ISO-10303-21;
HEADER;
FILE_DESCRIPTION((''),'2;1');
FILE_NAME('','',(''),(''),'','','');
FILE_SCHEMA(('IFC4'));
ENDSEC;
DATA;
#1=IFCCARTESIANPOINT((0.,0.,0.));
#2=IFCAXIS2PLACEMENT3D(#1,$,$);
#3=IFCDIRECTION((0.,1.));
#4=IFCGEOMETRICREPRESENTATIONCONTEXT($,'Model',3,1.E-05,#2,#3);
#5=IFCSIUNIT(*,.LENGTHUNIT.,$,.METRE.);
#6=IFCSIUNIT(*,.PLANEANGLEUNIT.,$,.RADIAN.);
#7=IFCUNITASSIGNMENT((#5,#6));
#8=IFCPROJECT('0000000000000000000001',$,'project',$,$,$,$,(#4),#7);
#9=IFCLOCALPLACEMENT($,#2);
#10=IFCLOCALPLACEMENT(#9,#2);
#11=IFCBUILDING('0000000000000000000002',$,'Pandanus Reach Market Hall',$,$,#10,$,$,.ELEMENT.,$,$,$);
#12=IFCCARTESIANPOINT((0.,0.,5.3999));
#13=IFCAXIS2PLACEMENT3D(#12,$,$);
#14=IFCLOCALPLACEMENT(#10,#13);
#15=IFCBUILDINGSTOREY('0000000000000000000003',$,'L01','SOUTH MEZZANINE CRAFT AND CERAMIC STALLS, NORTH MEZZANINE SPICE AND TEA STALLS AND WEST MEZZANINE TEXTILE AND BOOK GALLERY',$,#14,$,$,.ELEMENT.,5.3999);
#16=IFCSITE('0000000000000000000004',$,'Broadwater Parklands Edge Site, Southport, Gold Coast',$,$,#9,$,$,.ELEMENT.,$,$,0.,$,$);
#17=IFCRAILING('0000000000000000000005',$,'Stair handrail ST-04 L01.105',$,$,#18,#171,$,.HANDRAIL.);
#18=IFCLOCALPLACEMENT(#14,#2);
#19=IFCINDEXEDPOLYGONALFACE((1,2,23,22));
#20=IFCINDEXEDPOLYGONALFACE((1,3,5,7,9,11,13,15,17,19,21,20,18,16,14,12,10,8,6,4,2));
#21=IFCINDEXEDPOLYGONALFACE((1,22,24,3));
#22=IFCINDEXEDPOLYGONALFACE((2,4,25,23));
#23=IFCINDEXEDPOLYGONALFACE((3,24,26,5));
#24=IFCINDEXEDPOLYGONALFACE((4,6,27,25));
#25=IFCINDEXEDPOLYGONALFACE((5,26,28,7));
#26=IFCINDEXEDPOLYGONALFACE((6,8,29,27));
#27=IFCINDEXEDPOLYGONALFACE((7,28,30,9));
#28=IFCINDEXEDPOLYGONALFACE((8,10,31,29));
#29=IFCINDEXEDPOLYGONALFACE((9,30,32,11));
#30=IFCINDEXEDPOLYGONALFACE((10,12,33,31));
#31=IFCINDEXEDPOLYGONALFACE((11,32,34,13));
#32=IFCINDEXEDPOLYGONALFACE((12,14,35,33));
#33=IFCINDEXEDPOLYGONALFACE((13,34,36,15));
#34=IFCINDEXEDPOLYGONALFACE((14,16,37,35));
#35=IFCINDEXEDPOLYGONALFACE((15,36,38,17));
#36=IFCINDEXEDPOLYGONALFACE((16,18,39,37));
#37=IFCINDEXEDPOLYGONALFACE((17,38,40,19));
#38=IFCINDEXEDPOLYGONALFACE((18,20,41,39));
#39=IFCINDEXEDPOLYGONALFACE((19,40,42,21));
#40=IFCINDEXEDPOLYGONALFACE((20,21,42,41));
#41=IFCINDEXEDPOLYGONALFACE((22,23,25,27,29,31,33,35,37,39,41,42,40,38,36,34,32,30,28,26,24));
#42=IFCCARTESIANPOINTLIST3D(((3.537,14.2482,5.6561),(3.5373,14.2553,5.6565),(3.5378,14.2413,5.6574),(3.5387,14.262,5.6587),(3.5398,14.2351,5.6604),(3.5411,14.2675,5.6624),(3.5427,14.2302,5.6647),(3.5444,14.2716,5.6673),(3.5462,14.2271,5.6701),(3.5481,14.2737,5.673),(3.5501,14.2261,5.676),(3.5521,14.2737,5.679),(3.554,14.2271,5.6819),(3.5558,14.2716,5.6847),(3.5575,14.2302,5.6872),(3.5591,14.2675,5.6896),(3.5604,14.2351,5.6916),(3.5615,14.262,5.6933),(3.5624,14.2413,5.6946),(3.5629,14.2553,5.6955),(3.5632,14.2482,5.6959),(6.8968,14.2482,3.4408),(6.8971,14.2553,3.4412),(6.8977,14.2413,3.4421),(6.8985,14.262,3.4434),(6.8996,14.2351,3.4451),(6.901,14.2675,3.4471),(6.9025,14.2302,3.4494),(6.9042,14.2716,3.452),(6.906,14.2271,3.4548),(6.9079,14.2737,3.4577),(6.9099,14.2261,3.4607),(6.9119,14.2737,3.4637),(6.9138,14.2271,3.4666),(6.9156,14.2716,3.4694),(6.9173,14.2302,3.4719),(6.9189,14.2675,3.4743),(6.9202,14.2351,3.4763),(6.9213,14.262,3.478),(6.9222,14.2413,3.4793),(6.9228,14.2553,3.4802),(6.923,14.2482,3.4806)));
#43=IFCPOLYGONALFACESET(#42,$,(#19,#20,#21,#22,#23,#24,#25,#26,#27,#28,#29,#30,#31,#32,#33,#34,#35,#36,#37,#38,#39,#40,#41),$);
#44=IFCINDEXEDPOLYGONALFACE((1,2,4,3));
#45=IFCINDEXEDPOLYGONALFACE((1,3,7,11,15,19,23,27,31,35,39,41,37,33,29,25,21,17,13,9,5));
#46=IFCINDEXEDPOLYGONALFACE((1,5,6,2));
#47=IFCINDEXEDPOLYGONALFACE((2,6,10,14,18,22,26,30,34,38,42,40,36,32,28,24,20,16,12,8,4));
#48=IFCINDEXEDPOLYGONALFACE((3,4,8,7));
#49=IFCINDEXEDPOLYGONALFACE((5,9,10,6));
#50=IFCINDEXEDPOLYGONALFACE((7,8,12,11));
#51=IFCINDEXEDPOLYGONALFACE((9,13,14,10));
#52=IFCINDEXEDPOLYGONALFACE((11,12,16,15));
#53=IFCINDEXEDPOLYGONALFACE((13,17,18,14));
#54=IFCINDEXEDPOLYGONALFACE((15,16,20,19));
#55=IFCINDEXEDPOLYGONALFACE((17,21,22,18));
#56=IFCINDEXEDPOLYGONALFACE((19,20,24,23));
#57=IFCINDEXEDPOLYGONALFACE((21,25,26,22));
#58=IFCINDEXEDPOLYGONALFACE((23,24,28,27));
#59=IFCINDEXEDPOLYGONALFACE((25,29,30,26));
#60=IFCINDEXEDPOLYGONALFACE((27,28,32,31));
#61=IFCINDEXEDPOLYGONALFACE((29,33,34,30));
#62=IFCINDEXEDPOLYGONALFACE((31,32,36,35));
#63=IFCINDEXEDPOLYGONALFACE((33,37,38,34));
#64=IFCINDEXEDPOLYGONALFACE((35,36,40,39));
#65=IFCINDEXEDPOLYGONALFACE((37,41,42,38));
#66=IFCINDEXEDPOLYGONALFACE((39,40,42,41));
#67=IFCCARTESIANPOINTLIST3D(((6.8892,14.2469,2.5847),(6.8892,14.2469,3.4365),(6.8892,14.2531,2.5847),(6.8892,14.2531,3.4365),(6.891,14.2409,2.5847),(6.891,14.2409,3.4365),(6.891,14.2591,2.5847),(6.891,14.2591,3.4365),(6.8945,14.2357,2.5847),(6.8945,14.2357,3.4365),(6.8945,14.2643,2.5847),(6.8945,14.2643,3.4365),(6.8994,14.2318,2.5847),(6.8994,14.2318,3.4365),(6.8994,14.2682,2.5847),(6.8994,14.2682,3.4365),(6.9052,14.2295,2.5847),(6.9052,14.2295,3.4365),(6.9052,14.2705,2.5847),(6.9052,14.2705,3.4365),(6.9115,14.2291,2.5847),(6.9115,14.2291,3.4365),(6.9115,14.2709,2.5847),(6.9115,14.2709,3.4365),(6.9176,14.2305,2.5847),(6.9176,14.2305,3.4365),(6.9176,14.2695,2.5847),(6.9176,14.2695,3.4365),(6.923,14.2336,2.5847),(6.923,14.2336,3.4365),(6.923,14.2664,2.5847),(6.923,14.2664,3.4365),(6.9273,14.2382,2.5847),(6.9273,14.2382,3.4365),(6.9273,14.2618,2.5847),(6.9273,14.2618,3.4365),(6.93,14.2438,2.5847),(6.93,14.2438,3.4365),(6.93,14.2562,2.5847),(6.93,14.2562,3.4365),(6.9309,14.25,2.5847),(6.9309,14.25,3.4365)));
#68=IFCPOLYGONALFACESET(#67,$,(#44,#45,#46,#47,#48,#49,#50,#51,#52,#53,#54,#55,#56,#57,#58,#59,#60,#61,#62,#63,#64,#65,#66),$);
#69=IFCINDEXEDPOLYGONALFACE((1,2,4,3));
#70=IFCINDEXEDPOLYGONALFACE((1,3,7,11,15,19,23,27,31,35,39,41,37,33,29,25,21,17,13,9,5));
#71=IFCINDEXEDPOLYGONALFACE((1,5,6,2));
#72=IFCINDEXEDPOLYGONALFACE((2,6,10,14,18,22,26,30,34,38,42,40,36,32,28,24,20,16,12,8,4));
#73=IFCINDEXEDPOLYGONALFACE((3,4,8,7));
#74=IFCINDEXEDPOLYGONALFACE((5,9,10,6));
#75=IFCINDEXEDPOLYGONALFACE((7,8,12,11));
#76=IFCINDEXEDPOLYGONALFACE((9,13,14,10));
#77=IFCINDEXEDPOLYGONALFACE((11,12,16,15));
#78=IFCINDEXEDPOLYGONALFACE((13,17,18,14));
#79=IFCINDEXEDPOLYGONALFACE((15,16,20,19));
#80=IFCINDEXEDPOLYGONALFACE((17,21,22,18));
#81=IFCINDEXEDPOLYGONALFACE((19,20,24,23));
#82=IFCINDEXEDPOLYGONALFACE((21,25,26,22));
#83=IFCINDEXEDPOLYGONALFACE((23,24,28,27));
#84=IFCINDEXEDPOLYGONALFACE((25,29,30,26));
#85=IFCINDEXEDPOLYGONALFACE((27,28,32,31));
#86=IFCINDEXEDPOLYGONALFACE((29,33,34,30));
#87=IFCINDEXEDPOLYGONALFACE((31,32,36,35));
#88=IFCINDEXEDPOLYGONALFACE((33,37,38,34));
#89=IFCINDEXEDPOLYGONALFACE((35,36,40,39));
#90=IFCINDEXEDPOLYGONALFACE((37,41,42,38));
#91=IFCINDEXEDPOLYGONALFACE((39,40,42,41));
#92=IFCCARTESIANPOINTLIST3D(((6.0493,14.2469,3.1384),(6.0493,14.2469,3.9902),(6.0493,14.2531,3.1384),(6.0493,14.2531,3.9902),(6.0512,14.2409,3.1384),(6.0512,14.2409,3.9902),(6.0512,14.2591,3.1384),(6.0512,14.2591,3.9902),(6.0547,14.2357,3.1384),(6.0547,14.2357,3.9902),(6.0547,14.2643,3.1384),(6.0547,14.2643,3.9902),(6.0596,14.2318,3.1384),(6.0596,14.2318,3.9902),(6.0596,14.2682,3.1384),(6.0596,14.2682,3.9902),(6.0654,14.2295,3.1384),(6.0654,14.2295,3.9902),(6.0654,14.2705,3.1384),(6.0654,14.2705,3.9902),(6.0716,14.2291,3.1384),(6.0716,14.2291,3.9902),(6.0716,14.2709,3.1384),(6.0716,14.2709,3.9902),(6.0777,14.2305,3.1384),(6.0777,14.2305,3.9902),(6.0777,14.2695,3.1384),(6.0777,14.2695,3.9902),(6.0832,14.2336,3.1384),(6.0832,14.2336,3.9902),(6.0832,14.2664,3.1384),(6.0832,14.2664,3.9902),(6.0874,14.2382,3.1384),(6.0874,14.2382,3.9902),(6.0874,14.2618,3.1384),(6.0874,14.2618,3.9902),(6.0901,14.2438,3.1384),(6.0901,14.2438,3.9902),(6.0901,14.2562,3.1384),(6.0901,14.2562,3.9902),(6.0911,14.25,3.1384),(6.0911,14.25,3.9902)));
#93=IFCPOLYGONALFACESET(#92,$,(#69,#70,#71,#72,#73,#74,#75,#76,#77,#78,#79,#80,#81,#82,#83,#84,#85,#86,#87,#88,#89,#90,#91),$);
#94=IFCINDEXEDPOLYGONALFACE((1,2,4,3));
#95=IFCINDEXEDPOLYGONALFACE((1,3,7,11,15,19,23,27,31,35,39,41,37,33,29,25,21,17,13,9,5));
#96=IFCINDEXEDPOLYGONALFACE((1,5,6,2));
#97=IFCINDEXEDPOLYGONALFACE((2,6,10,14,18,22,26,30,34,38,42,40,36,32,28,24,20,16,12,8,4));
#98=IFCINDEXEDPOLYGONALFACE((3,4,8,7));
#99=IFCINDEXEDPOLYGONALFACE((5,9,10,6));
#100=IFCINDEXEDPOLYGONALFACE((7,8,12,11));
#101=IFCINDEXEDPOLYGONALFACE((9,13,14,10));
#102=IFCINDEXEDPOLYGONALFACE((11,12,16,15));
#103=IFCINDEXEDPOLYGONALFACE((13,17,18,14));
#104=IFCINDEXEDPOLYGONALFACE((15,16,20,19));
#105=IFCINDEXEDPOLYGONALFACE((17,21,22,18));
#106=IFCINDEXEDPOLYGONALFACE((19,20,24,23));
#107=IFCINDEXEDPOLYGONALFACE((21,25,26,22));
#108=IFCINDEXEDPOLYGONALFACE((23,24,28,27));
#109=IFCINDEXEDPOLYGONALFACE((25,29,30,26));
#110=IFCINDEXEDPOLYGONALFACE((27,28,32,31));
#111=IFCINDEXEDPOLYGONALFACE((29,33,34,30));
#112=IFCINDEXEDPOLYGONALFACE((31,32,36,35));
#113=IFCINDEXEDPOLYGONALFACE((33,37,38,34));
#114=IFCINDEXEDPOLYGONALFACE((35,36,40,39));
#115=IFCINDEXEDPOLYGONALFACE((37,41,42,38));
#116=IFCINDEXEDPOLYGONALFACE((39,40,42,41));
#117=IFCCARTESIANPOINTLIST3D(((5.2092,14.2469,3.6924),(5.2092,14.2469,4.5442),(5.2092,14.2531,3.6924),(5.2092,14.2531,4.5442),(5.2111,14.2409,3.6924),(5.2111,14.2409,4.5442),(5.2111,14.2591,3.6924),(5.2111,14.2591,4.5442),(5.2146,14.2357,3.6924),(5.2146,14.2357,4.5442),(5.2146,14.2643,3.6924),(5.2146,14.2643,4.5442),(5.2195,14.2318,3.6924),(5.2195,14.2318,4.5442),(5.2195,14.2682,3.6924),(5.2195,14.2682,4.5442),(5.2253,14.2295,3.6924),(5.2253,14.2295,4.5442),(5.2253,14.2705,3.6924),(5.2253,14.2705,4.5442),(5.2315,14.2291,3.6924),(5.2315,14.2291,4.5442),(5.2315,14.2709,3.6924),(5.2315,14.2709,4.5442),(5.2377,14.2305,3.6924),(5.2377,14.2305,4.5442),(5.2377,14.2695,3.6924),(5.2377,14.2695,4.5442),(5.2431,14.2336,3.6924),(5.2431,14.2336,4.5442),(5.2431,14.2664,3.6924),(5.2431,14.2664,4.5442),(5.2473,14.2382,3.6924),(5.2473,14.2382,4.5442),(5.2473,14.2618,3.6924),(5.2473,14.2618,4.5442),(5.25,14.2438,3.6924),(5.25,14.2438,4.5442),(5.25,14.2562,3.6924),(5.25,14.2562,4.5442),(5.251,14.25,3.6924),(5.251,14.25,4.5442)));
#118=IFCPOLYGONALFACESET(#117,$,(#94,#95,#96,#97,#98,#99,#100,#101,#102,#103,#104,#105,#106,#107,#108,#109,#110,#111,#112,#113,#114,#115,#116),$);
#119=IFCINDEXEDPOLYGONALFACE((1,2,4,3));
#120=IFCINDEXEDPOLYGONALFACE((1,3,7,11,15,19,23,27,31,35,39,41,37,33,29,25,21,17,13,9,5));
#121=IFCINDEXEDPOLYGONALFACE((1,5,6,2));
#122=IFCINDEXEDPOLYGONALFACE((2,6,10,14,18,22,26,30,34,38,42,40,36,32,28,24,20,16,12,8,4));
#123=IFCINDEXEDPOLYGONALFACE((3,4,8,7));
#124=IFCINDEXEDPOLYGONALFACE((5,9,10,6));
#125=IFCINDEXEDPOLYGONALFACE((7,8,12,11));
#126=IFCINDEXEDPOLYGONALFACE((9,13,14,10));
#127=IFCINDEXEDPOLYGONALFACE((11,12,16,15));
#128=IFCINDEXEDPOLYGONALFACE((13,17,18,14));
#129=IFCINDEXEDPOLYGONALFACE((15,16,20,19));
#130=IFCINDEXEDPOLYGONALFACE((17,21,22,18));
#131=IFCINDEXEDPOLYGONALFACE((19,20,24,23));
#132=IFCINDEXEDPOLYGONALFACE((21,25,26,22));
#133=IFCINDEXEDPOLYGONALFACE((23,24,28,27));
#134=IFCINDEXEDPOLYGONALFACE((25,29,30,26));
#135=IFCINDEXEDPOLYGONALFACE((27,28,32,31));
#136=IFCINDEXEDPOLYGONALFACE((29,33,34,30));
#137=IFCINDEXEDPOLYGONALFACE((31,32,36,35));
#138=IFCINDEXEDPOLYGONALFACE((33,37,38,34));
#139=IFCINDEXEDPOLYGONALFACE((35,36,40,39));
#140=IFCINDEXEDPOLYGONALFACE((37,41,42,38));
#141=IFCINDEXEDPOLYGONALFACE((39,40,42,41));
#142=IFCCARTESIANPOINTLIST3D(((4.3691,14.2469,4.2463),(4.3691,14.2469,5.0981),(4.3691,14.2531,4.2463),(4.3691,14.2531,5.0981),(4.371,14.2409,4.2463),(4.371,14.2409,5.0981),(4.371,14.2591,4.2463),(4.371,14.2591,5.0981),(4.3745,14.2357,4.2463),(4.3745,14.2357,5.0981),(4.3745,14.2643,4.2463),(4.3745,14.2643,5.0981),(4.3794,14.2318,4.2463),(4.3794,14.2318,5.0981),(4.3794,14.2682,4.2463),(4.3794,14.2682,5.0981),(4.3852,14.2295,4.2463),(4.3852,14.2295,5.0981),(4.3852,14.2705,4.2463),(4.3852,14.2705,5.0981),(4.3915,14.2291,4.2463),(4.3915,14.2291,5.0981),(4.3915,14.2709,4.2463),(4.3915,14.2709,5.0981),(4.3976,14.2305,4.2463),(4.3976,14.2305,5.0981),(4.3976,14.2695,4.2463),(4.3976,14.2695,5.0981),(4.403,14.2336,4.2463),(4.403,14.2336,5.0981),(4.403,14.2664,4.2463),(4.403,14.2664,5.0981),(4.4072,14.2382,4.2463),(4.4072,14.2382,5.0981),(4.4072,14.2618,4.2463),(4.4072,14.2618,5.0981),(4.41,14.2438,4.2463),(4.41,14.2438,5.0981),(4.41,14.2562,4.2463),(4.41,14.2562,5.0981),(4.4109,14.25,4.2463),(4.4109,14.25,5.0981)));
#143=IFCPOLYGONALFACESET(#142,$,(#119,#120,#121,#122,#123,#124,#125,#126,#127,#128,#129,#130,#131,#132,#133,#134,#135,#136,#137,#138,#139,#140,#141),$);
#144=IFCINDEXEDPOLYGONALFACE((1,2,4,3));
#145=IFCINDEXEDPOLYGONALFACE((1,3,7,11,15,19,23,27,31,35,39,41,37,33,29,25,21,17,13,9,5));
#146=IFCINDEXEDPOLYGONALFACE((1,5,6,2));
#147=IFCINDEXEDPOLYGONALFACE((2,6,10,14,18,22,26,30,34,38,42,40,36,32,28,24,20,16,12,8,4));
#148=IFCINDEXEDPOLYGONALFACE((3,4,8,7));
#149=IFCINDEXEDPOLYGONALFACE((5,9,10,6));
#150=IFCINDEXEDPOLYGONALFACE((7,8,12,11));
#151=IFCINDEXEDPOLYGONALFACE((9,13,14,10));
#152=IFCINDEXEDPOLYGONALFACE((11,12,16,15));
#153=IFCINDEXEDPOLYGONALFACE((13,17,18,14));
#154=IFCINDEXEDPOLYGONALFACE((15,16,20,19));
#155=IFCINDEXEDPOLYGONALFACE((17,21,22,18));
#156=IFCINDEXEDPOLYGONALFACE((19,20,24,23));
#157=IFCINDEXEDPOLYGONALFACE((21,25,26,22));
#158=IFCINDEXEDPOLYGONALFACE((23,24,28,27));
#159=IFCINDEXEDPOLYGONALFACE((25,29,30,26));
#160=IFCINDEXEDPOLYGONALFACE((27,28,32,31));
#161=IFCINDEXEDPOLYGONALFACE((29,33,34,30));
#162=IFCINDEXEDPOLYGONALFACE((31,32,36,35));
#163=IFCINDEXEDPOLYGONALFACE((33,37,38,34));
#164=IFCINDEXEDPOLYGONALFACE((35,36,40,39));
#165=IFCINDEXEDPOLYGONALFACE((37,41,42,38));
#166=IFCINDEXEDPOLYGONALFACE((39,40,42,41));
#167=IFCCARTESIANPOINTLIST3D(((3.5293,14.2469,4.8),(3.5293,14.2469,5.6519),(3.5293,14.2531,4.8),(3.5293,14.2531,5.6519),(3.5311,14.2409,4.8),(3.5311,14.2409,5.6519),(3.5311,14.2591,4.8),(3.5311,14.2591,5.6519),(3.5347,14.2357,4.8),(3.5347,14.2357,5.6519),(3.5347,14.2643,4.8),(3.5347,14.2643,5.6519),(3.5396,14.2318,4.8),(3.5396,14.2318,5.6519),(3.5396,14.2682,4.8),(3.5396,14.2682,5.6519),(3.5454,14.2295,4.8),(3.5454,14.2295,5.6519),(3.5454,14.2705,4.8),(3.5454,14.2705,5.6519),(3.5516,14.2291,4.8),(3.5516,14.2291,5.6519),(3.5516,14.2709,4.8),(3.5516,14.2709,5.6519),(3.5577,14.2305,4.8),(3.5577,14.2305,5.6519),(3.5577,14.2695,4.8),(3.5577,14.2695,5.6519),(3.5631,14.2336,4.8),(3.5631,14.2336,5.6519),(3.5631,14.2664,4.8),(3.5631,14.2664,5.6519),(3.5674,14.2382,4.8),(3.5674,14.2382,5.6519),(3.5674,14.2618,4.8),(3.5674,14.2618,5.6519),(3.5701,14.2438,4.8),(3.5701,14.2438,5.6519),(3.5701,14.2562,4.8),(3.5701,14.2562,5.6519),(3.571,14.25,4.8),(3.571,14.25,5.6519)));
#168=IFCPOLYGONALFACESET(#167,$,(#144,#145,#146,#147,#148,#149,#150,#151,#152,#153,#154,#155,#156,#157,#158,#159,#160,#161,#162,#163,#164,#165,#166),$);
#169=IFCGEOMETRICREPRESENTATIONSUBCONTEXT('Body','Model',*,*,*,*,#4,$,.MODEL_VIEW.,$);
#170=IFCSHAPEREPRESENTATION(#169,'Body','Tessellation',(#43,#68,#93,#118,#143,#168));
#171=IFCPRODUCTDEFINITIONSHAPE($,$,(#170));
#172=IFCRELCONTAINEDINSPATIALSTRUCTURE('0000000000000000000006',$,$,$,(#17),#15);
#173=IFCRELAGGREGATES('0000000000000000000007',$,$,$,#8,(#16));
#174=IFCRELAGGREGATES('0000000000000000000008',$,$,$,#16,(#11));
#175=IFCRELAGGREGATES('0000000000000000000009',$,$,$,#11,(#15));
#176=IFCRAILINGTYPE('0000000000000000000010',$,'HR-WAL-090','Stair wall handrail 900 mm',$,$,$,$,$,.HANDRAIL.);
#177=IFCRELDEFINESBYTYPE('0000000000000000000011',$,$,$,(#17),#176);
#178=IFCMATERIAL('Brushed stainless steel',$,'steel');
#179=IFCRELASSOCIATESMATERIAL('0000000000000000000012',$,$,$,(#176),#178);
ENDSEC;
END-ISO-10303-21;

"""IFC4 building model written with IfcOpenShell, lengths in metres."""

from ifc_helpers import new_model, si_unit, direction, frame, origin, origin_2d, place, context, subcontext, project, spatial, circle, extrude, material, type_object, element, save


model = new_model("IFC4")

# Units and contexts
model_context = context("Model", 3, precision=1e-05, world=origin(), true_north=direction((0.0, 1.0)))
body_context = subcontext(model_context, "Body", "Model", "MODEL_VIEW")
ifc_project = project(units=[si_unit("LENGTHUNIT", "METRE"), si_unit("PLANEANGLEUNIT", "RADIAN")], contexts=[model_context])

# Site, building, storey
site_placement = place(None, origin())
site = spatial("IfcSite", under=ifc_project, at=site_placement, Name="Broadwater Parklands Edge Site, Southport, Gold Coast", CompositionType="ELEMENT", RefElevation=0.0)
building_placement = place(site_placement, origin())
building = spatial("IfcBuilding", under=site, at=building_placement, Name="Pandanus Reach Market Hall", CompositionType="ELEMENT")
storey_placement = place(building_placement, frame((0.0, 0.0, 5.3999)))
storey = spatial("IfcBuildingStorey", under=building, at=storey_placement, Name="L01", Description="SOUTH MEZZANINE CRAFT AND CERAMIC STALLS, NORTH MEZZANINE SPICE AND TEA STALLS AND WEST MEZZANINE TEXTILE AND BOOK GALLERY", CompositionType="ELEMENT", Elevation=5.3999)

# Railing
ifc_material_1 = material(Name="Brushed stainless steel", Category="steel")
railing_type_1 = type_object("IfcRailingType", Name="HR-WAL-090", Description="Stair wall handrail 900 mm", PredefinedType="HANDRAIL", material=ifc_material_1)
railing_1_placement = place(storey_placement, frame((6.9099, 14.25, 2.5847)))
element("IfcRailing", 1, at=railing_1_placement, inside=storey, type_object=railing_type_1, Name="Stair handrail ST-04 L01.105", PredefinedType="HANDRAIL", context=body_context, shape_type="SweptSolid", body=[
    extrude(circle(Radius=0.0239, at=origin_2d()), frame((0.0, 0.0, 0.876), z_axis=(-0.834858, 0.0, 0.550465), x_axis=(0.0, -1.0, 0.0)), (0.0, 0.0, 1.0), 4.0244),
    extrude(circle(Radius=0.021, at=origin_2d()), origin(), (0.0, 0.0, 1.0), 0.8518),
    extrude(circle(Radius=0.021, at=origin_2d()), frame((-0.8398, 0.0, 0.5537)), (0.0, 0.0, 1.0), 0.8518),
    extrude(circle(Radius=0.021, at=origin_2d()), frame((-1.6799, 0.0, 1.1077)), (0.0, 0.0, 1.0), 0.8518),
    extrude(circle(Radius=0.021, at=origin_2d()), frame((-2.52, 0.0, 1.6616)), (0.0, 0.0, 1.0), 0.8518),
    extrude(circle(Radius=0.021, at=origin_2d()), frame((-3.3599, 0.0, 2.2153)), (0.0, 0.0, 1.0), 0.8518),
])

save(model, "model.ifc")
